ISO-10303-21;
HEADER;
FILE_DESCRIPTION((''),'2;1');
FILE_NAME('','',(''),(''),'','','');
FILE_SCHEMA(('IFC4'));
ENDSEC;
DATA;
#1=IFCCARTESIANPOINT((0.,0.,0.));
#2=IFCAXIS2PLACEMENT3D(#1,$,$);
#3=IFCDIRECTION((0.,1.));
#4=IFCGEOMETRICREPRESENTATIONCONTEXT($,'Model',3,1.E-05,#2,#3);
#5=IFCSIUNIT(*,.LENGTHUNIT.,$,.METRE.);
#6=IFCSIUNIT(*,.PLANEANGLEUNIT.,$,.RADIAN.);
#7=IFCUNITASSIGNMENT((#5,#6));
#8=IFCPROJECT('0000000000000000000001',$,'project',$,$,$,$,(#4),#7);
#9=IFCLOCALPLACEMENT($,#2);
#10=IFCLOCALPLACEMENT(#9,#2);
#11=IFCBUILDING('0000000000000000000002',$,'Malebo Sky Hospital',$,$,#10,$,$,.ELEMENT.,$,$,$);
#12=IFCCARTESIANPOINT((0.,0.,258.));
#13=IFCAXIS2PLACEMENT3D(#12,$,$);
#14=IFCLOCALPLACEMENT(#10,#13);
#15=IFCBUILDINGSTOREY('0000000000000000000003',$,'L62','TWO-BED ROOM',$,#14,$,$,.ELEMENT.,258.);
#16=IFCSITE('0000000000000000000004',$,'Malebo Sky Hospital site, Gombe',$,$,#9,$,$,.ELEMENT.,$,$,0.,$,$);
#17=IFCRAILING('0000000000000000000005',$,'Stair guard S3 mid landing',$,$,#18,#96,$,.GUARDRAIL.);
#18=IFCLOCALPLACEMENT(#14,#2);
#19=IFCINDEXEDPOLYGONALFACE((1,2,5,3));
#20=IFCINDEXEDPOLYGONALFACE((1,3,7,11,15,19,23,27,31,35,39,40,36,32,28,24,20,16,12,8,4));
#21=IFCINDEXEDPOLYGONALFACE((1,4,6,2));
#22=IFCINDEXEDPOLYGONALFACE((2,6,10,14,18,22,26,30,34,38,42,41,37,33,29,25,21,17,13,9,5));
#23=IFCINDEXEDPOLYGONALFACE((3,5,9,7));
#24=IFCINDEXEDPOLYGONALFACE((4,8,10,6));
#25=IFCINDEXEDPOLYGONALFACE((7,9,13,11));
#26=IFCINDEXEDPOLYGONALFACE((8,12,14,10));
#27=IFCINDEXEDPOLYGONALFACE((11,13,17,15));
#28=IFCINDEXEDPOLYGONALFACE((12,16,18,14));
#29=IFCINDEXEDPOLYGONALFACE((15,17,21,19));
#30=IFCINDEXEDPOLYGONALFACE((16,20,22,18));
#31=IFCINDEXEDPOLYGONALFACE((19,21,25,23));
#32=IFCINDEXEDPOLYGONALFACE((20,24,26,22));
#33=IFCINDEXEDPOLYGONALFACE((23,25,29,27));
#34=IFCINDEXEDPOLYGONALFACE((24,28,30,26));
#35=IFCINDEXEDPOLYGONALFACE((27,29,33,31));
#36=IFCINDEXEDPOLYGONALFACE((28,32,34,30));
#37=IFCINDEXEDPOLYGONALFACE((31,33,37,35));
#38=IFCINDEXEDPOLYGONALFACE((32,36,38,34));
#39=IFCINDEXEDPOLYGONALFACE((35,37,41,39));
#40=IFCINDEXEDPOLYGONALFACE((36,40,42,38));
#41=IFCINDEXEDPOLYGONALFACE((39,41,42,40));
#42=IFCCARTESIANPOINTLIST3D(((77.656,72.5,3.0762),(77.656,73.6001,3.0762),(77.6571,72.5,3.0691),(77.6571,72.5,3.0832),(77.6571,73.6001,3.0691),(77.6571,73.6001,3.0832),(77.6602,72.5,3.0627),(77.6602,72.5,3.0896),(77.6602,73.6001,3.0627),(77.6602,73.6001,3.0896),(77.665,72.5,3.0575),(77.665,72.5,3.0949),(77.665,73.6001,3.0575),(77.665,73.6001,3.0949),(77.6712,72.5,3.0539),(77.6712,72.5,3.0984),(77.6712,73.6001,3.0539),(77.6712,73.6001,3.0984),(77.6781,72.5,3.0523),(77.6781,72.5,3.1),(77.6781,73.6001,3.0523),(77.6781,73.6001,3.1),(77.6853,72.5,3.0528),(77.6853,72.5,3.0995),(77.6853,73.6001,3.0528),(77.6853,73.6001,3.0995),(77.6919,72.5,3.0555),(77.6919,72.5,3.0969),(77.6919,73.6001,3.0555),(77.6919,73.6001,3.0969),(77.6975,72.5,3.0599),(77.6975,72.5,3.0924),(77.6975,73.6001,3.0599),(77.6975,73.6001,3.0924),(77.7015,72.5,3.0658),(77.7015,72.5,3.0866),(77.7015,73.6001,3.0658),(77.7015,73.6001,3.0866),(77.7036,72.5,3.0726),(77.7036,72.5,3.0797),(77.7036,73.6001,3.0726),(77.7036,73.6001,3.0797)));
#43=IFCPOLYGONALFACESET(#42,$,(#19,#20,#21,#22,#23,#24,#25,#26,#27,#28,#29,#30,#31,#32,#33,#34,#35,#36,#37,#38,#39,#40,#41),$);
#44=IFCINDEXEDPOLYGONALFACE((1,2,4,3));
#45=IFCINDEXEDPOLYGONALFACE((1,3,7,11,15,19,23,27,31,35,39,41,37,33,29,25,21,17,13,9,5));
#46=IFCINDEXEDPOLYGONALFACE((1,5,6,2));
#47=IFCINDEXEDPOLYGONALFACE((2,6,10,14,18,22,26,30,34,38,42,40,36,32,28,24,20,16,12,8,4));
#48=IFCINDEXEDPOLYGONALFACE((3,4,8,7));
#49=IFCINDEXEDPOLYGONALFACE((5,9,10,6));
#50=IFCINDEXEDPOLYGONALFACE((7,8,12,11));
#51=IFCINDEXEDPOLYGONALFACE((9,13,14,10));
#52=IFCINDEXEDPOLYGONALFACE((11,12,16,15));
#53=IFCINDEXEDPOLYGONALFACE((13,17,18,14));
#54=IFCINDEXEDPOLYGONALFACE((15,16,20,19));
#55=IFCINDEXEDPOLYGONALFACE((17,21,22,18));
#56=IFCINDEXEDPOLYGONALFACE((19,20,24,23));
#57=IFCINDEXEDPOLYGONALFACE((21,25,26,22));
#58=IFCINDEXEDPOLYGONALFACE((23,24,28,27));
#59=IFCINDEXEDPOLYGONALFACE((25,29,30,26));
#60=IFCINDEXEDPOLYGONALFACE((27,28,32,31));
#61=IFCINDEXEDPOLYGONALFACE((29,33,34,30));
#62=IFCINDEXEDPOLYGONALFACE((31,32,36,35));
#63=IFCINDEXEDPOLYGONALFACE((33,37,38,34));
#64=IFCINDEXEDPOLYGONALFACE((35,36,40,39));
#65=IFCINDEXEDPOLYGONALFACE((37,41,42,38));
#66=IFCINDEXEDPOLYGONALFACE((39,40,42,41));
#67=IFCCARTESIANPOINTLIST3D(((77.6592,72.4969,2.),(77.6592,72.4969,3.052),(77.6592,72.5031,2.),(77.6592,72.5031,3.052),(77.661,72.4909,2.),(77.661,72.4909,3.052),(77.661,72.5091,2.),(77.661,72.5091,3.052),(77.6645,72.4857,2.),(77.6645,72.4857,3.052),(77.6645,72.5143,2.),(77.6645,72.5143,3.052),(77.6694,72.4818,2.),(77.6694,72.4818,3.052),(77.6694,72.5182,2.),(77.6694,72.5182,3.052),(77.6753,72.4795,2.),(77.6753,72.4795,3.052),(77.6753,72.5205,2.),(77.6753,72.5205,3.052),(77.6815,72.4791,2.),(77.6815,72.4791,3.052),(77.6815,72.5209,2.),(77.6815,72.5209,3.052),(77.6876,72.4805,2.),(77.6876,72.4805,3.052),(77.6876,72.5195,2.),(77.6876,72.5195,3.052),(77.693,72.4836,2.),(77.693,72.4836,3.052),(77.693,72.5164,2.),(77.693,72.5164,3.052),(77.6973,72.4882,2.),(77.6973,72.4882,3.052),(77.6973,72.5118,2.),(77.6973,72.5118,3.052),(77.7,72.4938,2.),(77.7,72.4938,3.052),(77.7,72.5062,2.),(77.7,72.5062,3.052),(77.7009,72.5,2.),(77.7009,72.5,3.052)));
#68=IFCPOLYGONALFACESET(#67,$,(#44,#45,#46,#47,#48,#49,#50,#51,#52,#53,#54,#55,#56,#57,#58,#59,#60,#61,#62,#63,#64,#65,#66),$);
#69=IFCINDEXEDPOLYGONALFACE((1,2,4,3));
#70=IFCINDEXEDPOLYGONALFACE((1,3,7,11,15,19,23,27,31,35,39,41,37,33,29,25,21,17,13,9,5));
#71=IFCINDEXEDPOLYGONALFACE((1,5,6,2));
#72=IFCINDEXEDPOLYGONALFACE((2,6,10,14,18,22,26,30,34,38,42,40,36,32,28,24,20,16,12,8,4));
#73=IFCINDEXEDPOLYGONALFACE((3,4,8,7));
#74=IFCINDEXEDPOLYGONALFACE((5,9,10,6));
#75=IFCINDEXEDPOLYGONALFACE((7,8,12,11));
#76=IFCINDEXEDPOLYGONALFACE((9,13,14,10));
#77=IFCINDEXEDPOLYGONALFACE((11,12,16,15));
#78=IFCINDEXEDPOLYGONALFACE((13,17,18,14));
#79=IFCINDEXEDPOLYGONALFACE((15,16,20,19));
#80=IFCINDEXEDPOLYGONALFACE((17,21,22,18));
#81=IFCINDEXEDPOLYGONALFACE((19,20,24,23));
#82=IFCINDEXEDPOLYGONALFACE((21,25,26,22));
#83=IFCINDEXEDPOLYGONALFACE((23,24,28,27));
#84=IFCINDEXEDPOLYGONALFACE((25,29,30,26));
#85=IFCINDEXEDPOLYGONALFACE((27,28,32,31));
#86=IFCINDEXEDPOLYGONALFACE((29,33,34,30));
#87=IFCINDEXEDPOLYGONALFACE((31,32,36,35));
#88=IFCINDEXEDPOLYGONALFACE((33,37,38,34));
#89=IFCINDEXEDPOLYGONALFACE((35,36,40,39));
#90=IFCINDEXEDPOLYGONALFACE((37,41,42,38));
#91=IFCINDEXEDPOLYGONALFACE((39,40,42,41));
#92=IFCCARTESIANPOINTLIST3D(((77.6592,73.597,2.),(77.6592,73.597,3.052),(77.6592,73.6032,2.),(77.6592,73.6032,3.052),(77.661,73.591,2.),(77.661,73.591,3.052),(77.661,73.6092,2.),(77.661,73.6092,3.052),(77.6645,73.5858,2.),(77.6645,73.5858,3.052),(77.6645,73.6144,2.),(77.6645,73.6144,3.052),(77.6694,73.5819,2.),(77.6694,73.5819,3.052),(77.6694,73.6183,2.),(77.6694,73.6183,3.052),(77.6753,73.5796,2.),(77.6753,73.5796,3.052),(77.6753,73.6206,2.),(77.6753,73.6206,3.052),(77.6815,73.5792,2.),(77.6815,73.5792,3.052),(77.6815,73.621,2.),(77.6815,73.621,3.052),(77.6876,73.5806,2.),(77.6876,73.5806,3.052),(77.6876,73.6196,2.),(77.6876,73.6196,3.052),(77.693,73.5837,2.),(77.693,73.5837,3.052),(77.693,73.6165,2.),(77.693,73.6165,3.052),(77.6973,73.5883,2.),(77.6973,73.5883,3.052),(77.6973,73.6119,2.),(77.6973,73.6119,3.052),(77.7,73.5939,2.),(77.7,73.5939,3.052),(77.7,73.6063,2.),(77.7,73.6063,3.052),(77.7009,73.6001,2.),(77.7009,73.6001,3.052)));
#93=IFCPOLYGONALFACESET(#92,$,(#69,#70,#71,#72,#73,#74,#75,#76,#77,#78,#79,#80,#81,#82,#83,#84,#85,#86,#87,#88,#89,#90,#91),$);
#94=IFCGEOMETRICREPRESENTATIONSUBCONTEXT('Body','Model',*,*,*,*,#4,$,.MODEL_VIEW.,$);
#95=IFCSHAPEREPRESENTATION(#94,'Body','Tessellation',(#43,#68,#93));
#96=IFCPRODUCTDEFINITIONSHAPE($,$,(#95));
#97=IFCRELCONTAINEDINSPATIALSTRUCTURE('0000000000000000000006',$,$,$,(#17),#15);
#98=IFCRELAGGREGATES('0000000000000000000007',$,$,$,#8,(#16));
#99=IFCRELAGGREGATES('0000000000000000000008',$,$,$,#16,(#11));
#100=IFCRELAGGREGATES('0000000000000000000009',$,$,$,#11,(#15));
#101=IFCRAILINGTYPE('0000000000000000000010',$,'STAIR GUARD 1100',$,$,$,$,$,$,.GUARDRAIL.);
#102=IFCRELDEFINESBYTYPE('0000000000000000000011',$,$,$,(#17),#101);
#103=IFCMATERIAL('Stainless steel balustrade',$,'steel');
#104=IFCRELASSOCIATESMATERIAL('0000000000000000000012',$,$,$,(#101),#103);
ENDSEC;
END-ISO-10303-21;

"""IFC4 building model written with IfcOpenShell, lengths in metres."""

from ifc_helpers import new_model, si_unit, direction, frame, origin, origin_2d, place, context, subcontext, project, spatial, circle, extrude, material, type_object, element, save


model = new_model("IFC4")

# Units and contexts
model_context = context("Model", 3, precision=1e-05, world=origin(), true_north=direction((0.0, 1.0)))
body_context = subcontext(model_context, "Body", "Model", "MODEL_VIEW")
ifc_project = project(units=[si_unit("LENGTHUNIT", "METRE"), si_unit("PLANEANGLEUNIT", "RADIAN")], contexts=[model_context])

# Site, building, storey
site_placement = place(None, origin())
site = spatial("IfcSite", under=ifc_project, at=site_placement, Name="Malebo Sky Hospital site, Gombe", CompositionType="ELEMENT", RefElevation=0.0)
building_placement = place(site_placement, origin())
building = spatial("IfcBuilding", under=site, at=building_placement, Name="Malebo Sky Hospital", CompositionType="ELEMENT")
storey_placement = place(building_placement, frame((0.0, 0.0, 258.0)))
storey = spatial("IfcBuildingStorey", under=building, at=storey_placement, Name="L62", Description="TWO-BED ROOM", CompositionType="ELEMENT", Elevation=258.0)

# Railing
ifc_material_1 = material(Name="Stainless steel balustrade", Category="steel")
railing_type_1 = type_object("IfcRailingType", Name="STAIR GUARD 1100", PredefinedType="GUARDRAIL", material=ifc_material_1)
for number, where, name in (
    (1, (77.6799, 72.5, 2.0), "Stair guard S3 mid landing"),
):
    element("IfcRailing", number, at=place(storey_placement, frame(where)), inside=storey, type_object=railing_type_1, Name=name, PredefinedType="GUARDRAIL", context=body_context, shape_type="SweptSolid", body=[
        extrude(circle(Radius=0.0239, at=origin_2d()), frame((0.0, 0.0, 1.0762), z_axis=(0.0, 1.0, 0.0), x_axis=(-1.0, 0.0, 0.0)), (0.0, 0.0, 1.0), 1.1001),
        extrude(circle(Radius=0.021, at=origin_2d()), origin(), (0.0, 0.0, 1.0), 1.052),
        extrude(circle(Radius=0.021, at=origin_2d()), frame((0.0, 1.1001, 0.0)), (0.0, 0.0, 1.0), 1.052),
    ])

save(model, "model.ifc")
